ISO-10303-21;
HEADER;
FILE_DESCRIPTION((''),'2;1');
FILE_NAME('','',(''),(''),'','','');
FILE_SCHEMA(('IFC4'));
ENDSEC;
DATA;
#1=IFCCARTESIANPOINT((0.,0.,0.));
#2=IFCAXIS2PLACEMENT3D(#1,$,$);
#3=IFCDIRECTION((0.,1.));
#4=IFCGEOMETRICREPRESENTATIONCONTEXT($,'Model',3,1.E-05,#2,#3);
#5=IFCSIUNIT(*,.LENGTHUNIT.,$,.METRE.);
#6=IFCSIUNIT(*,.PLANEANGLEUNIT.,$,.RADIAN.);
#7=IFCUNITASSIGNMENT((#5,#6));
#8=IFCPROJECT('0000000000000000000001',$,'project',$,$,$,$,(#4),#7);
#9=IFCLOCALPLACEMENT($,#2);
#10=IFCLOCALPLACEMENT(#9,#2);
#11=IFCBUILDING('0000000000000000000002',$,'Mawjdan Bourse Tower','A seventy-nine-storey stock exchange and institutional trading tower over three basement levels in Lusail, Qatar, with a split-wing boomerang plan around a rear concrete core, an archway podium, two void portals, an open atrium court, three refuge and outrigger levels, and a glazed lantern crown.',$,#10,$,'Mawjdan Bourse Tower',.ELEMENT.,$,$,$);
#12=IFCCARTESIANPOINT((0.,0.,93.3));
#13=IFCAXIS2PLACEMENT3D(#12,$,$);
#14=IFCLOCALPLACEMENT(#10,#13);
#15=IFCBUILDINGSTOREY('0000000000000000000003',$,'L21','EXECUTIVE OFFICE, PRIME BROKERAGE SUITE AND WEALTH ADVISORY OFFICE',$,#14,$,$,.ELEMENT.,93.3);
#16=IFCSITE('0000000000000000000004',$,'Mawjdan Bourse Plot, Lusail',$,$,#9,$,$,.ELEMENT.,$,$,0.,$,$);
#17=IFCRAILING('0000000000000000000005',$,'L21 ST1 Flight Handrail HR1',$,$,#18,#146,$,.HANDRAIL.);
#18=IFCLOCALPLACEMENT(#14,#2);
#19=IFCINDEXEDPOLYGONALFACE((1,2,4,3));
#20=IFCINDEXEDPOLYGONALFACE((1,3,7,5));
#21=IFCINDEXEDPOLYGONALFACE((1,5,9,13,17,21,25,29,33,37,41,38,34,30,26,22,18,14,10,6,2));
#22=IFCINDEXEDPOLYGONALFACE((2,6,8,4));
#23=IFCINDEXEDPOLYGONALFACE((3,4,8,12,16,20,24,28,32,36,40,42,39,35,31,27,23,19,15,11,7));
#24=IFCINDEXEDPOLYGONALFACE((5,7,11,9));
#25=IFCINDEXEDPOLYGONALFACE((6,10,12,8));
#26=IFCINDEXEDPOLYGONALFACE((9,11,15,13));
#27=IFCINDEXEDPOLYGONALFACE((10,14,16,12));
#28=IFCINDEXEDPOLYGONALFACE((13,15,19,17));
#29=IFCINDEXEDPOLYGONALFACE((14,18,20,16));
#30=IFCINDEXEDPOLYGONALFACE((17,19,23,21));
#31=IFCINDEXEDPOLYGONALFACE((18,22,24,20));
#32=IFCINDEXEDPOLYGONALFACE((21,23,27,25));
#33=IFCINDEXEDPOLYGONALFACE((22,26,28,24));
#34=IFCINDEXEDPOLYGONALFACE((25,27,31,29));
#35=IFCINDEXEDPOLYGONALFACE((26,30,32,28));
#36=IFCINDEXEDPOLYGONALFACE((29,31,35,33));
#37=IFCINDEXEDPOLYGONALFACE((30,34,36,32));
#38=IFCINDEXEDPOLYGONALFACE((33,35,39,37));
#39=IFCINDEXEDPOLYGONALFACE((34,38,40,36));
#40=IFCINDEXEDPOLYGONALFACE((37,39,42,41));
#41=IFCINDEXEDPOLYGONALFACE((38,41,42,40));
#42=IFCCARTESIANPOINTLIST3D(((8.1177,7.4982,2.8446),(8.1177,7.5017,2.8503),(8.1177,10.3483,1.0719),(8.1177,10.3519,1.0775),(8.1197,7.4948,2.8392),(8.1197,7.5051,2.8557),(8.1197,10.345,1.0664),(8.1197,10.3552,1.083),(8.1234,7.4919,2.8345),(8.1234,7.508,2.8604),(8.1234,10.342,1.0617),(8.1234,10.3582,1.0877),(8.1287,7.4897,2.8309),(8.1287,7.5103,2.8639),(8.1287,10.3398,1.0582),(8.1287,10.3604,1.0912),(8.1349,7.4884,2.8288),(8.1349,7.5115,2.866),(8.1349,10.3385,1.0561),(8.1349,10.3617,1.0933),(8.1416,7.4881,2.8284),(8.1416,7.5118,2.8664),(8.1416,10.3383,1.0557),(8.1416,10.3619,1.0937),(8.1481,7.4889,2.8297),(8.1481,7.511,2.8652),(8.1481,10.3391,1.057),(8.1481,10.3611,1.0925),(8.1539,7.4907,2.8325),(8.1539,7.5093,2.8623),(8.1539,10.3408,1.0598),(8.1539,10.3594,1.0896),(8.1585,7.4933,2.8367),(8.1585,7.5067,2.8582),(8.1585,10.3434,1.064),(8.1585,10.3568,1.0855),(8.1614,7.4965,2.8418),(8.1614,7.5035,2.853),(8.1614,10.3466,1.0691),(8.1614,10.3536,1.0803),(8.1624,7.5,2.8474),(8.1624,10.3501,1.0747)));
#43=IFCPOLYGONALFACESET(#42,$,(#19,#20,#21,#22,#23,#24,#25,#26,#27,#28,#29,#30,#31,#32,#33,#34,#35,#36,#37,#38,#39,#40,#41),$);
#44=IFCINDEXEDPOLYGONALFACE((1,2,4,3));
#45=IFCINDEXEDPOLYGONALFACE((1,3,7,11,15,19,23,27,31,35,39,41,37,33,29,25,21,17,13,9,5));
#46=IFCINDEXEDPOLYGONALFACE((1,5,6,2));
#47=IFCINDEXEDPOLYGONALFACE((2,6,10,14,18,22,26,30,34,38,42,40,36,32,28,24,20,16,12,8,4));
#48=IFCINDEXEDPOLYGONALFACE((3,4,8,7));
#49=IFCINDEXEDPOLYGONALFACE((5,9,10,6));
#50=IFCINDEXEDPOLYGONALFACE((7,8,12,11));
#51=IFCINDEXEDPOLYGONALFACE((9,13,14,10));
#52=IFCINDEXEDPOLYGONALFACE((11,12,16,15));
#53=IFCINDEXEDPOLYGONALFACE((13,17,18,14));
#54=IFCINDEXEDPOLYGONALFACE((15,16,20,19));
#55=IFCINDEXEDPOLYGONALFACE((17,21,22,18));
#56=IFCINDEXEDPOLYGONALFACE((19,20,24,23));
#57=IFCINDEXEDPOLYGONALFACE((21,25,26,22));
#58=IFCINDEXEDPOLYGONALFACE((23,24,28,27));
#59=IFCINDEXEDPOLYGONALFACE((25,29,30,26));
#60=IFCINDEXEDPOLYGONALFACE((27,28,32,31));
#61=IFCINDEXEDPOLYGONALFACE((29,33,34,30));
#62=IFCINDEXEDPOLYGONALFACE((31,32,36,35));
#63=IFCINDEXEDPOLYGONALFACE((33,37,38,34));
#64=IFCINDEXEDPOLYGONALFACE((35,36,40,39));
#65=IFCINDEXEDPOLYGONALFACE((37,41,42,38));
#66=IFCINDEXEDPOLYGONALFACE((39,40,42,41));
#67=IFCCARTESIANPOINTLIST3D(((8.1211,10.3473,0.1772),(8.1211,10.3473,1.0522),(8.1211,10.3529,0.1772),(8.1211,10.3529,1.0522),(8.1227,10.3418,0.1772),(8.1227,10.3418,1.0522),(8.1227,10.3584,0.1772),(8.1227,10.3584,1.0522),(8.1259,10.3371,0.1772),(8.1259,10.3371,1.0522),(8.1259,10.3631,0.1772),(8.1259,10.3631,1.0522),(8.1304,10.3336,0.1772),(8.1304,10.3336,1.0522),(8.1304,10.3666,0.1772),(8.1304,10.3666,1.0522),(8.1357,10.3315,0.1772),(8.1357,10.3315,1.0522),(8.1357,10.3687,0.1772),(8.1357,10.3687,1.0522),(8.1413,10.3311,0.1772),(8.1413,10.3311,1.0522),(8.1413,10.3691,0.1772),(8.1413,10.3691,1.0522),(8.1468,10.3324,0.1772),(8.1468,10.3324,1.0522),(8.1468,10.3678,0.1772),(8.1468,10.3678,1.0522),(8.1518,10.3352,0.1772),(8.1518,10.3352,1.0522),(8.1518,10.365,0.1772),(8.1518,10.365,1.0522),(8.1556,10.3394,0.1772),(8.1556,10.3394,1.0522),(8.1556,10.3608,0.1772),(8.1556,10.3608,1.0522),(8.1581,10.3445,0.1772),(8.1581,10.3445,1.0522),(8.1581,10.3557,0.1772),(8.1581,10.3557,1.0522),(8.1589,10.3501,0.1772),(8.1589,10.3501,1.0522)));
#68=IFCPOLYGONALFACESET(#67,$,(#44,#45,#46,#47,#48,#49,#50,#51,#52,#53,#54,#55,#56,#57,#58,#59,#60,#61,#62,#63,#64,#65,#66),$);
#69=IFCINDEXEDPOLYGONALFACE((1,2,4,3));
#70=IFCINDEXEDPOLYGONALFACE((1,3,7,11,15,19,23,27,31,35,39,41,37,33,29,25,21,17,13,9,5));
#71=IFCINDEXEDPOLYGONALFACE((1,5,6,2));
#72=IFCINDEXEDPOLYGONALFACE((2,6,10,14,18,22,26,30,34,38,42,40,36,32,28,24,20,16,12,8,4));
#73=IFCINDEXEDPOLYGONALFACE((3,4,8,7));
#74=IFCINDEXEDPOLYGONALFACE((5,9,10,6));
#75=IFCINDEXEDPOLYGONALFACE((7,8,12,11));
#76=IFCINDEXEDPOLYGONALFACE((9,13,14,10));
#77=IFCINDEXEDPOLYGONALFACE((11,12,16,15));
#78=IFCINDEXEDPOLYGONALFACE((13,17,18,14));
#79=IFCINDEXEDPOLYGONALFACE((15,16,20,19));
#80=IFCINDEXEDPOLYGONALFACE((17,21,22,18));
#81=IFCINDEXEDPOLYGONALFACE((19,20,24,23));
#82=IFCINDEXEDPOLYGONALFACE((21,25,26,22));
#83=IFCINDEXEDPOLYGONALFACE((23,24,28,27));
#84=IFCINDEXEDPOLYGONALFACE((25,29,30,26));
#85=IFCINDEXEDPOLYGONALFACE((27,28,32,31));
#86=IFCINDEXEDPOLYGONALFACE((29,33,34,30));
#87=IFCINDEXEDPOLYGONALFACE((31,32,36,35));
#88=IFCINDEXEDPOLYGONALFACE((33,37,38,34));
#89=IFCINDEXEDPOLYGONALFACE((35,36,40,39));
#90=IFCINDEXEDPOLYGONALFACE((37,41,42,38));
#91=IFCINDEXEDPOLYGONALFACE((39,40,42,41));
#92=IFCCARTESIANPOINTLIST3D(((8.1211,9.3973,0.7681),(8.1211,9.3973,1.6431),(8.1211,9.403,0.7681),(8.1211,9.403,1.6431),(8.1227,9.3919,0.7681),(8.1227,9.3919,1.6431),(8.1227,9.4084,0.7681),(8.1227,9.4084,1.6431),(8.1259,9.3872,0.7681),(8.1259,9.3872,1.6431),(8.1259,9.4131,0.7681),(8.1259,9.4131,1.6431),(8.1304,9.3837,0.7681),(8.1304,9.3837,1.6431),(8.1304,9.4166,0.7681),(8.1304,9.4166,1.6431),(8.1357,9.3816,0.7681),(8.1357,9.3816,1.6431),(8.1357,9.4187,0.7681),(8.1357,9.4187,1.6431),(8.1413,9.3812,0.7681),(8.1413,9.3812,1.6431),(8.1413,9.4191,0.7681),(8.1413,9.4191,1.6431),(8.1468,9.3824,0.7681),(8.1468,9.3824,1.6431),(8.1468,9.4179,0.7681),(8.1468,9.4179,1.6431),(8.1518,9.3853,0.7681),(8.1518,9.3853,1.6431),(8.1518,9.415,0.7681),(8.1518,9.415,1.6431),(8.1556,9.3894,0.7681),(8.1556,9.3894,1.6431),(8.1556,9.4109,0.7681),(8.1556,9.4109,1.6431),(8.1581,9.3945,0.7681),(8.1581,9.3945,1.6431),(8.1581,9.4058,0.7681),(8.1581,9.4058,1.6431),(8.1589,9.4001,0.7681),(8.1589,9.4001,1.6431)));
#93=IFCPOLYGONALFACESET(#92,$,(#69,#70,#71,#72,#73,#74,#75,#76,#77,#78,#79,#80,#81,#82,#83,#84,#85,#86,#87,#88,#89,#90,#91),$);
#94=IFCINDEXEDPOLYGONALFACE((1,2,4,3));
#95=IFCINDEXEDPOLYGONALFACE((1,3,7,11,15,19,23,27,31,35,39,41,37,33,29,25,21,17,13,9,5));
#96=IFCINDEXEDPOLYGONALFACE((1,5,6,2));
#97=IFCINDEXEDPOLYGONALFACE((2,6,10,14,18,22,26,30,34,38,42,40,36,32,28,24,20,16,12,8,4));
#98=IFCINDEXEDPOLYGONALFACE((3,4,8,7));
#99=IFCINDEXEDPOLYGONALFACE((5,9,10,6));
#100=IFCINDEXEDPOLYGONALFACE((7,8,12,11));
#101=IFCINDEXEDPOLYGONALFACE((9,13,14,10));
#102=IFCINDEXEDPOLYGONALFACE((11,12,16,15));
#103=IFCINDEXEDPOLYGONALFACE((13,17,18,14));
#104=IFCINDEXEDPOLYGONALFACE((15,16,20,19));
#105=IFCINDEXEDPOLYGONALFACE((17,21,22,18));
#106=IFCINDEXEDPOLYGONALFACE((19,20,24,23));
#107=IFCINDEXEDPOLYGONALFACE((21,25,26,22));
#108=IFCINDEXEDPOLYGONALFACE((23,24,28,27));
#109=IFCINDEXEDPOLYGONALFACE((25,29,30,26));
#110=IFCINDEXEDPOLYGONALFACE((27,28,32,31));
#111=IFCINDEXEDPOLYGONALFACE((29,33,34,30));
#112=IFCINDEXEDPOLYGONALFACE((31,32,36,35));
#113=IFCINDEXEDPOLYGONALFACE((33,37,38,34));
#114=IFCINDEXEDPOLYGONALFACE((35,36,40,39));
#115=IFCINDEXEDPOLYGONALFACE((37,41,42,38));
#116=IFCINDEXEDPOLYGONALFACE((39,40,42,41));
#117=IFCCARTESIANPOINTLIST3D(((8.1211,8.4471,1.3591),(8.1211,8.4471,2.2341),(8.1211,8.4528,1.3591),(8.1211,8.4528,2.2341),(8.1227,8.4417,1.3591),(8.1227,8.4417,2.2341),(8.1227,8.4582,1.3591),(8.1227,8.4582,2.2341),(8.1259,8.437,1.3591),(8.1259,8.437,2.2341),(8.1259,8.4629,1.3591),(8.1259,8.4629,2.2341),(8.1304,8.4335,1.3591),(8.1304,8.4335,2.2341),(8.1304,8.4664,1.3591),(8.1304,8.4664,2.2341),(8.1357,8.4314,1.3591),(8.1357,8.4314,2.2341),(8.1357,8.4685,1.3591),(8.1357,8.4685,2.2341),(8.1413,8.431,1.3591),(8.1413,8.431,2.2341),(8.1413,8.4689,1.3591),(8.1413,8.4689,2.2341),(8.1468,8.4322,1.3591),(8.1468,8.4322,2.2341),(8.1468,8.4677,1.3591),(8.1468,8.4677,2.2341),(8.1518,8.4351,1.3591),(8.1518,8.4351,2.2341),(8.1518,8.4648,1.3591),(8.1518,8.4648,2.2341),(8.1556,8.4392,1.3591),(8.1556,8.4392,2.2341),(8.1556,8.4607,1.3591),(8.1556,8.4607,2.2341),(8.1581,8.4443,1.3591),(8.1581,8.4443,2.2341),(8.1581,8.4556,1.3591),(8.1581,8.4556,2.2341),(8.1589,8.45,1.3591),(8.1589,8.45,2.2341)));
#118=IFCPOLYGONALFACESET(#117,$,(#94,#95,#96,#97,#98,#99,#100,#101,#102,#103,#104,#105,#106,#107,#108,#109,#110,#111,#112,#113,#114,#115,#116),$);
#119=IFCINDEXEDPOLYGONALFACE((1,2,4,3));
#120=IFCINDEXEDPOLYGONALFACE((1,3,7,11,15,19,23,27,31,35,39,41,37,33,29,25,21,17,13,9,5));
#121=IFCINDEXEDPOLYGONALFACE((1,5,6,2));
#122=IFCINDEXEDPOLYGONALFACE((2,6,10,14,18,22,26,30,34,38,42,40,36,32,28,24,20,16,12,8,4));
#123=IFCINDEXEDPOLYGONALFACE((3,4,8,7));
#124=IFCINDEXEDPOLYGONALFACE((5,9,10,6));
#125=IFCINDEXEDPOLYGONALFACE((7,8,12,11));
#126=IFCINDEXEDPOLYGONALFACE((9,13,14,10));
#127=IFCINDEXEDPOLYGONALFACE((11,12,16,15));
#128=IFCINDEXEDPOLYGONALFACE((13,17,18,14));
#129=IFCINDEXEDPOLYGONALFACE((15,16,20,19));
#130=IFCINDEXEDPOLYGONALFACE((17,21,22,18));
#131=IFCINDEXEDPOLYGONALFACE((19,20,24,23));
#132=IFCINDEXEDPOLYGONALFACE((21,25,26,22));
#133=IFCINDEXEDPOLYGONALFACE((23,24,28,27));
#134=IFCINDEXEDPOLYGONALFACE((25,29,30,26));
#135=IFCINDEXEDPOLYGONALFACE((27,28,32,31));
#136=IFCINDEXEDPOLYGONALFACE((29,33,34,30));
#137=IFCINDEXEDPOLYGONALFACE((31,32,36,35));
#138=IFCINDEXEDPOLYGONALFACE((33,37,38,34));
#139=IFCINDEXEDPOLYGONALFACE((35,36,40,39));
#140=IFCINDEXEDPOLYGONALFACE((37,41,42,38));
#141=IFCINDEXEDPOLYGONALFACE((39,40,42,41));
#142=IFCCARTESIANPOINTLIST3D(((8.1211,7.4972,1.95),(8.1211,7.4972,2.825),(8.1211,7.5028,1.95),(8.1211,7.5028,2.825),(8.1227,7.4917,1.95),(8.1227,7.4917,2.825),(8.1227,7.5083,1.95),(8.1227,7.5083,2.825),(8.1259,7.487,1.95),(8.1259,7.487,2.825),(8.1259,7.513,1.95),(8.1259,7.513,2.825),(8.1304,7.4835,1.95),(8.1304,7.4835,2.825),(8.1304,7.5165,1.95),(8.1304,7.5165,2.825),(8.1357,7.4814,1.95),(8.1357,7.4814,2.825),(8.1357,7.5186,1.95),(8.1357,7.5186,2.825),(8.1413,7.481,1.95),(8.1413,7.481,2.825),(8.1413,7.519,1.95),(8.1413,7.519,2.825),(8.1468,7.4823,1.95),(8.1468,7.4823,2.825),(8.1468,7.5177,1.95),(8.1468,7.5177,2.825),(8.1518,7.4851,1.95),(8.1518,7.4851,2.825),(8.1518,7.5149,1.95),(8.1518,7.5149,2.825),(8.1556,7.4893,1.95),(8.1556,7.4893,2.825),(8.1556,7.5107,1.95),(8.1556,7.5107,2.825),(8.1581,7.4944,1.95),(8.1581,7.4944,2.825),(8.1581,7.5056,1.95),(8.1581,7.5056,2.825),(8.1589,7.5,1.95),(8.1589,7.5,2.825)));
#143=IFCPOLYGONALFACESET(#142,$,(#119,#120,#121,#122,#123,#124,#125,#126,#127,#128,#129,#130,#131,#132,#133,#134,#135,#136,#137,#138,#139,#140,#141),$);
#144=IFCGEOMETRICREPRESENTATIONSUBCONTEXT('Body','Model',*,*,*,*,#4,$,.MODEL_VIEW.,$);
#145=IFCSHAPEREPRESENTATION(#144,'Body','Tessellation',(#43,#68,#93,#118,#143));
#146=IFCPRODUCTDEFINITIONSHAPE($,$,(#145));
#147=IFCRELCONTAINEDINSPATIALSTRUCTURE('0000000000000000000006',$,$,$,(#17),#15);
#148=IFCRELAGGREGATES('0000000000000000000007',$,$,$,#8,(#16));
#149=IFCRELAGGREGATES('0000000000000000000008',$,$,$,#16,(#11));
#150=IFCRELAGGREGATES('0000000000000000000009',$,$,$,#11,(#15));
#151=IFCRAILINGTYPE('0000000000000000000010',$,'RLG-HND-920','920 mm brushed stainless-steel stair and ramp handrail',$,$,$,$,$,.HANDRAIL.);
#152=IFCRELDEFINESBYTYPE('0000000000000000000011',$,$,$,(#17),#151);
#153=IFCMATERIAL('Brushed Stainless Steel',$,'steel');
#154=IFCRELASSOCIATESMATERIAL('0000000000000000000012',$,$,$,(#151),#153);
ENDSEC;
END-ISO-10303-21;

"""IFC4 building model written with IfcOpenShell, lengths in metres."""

from ifc_helpers import new_model, si_unit, direction, frame, origin, origin_2d, place, context, subcontext, project, spatial, circle, extrude, material, type_object, element, save


model = new_model("IFC4")

# Units and contexts
model_context = context("Model", 3, precision=1e-05, world=origin(), true_north=direction((0.0, 1.0)))
body_context = subcontext(model_context, "Body", "Model", "MODEL_VIEW")
ifc_project = project(units=[si_unit("LENGTHUNIT", "METRE"), si_unit("PLANEANGLEUNIT", "RADIAN")], contexts=[model_context])

# Site, building, storey
site_placement = place(None, origin())
site = spatial("IfcSite", under=ifc_project, at=site_placement, Name="Mawjdan Bourse Plot, Lusail", CompositionType="ELEMENT", RefElevation=0.0)
building_placement = place(site_placement, origin())
building = spatial("IfcBuilding", under=site, at=building_placement, Name="Mawjdan Bourse Tower", Description="A seventy-nine-storey stock exchange and institutional trading tower over three basement levels in Lusail, Qatar, with a split-wing boomerang plan around a rear concrete core, an archway podium, two void portals, an open atrium court, three refuge and outrigger levels, and a glazed lantern crown.", LongName="Mawjdan Bourse Tower", CompositionType="ELEMENT")
storey_placement = place(building_placement, frame((0.0, 0.0, 93.3)))
storey = spatial("IfcBuildingStorey", under=building, at=storey_placement, Name="L21", Description="EXECUTIVE OFFICE, PRIME BROKERAGE SUITE AND WEALTH ADVISORY OFFICE", CompositionType="ELEMENT", Elevation=93.3)

# Railing
ifc_material_1 = material(Name="Brushed Stainless Steel", Category="steel")
railing_type_1 = type_object("IfcRailingType", Name="RLG-HND-920", Description="920 mm brushed stainless-steel stair and ramp handrail", PredefinedType="HANDRAIL", material=ifc_material_1)
railing_placement = place(storey_placement, frame((8.1399, 10.3501, 0.1772)))
element("IfcRailing", 1, at=railing_placement, inside=storey, type_object=railing_type_1, Name="L21 ST1 Flight Handrail HR1", PredefinedType="HANDRAIL", context=body_context, shape_type="SweptSolid", body=[
    extrude(circle(Radius=0.0225, at=origin_2d()), frame((0.0, 0.0, 0.8975), z_axis=(0.0, -0.849149, 0.528154), x_axis=(1.0, 0.0, 0.0)), (0.0, 0.0, 1.0), 3.3564),
    extrude(circle(Radius=0.019, at=origin_2d()), origin(), (0.0, 0.0, 1.0), 0.875),
    extrude(circle(Radius=0.019, at=origin_2d()), frame((0.0, -0.95, 0.5908)), (0.0, 0.0, 1.0), 0.875),
    extrude(circle(Radius=0.019, at=origin_2d()), frame((0.0, -1.9001, 1.1819)), (0.0, 0.0, 1.0), 0.875),
    extrude(circle(Radius=0.019, at=origin_2d()), frame((0.0, -2.8501, 1.7727)), (0.0, 0.0, 1.0), 0.875),
])

save(model, "model.ifc")
